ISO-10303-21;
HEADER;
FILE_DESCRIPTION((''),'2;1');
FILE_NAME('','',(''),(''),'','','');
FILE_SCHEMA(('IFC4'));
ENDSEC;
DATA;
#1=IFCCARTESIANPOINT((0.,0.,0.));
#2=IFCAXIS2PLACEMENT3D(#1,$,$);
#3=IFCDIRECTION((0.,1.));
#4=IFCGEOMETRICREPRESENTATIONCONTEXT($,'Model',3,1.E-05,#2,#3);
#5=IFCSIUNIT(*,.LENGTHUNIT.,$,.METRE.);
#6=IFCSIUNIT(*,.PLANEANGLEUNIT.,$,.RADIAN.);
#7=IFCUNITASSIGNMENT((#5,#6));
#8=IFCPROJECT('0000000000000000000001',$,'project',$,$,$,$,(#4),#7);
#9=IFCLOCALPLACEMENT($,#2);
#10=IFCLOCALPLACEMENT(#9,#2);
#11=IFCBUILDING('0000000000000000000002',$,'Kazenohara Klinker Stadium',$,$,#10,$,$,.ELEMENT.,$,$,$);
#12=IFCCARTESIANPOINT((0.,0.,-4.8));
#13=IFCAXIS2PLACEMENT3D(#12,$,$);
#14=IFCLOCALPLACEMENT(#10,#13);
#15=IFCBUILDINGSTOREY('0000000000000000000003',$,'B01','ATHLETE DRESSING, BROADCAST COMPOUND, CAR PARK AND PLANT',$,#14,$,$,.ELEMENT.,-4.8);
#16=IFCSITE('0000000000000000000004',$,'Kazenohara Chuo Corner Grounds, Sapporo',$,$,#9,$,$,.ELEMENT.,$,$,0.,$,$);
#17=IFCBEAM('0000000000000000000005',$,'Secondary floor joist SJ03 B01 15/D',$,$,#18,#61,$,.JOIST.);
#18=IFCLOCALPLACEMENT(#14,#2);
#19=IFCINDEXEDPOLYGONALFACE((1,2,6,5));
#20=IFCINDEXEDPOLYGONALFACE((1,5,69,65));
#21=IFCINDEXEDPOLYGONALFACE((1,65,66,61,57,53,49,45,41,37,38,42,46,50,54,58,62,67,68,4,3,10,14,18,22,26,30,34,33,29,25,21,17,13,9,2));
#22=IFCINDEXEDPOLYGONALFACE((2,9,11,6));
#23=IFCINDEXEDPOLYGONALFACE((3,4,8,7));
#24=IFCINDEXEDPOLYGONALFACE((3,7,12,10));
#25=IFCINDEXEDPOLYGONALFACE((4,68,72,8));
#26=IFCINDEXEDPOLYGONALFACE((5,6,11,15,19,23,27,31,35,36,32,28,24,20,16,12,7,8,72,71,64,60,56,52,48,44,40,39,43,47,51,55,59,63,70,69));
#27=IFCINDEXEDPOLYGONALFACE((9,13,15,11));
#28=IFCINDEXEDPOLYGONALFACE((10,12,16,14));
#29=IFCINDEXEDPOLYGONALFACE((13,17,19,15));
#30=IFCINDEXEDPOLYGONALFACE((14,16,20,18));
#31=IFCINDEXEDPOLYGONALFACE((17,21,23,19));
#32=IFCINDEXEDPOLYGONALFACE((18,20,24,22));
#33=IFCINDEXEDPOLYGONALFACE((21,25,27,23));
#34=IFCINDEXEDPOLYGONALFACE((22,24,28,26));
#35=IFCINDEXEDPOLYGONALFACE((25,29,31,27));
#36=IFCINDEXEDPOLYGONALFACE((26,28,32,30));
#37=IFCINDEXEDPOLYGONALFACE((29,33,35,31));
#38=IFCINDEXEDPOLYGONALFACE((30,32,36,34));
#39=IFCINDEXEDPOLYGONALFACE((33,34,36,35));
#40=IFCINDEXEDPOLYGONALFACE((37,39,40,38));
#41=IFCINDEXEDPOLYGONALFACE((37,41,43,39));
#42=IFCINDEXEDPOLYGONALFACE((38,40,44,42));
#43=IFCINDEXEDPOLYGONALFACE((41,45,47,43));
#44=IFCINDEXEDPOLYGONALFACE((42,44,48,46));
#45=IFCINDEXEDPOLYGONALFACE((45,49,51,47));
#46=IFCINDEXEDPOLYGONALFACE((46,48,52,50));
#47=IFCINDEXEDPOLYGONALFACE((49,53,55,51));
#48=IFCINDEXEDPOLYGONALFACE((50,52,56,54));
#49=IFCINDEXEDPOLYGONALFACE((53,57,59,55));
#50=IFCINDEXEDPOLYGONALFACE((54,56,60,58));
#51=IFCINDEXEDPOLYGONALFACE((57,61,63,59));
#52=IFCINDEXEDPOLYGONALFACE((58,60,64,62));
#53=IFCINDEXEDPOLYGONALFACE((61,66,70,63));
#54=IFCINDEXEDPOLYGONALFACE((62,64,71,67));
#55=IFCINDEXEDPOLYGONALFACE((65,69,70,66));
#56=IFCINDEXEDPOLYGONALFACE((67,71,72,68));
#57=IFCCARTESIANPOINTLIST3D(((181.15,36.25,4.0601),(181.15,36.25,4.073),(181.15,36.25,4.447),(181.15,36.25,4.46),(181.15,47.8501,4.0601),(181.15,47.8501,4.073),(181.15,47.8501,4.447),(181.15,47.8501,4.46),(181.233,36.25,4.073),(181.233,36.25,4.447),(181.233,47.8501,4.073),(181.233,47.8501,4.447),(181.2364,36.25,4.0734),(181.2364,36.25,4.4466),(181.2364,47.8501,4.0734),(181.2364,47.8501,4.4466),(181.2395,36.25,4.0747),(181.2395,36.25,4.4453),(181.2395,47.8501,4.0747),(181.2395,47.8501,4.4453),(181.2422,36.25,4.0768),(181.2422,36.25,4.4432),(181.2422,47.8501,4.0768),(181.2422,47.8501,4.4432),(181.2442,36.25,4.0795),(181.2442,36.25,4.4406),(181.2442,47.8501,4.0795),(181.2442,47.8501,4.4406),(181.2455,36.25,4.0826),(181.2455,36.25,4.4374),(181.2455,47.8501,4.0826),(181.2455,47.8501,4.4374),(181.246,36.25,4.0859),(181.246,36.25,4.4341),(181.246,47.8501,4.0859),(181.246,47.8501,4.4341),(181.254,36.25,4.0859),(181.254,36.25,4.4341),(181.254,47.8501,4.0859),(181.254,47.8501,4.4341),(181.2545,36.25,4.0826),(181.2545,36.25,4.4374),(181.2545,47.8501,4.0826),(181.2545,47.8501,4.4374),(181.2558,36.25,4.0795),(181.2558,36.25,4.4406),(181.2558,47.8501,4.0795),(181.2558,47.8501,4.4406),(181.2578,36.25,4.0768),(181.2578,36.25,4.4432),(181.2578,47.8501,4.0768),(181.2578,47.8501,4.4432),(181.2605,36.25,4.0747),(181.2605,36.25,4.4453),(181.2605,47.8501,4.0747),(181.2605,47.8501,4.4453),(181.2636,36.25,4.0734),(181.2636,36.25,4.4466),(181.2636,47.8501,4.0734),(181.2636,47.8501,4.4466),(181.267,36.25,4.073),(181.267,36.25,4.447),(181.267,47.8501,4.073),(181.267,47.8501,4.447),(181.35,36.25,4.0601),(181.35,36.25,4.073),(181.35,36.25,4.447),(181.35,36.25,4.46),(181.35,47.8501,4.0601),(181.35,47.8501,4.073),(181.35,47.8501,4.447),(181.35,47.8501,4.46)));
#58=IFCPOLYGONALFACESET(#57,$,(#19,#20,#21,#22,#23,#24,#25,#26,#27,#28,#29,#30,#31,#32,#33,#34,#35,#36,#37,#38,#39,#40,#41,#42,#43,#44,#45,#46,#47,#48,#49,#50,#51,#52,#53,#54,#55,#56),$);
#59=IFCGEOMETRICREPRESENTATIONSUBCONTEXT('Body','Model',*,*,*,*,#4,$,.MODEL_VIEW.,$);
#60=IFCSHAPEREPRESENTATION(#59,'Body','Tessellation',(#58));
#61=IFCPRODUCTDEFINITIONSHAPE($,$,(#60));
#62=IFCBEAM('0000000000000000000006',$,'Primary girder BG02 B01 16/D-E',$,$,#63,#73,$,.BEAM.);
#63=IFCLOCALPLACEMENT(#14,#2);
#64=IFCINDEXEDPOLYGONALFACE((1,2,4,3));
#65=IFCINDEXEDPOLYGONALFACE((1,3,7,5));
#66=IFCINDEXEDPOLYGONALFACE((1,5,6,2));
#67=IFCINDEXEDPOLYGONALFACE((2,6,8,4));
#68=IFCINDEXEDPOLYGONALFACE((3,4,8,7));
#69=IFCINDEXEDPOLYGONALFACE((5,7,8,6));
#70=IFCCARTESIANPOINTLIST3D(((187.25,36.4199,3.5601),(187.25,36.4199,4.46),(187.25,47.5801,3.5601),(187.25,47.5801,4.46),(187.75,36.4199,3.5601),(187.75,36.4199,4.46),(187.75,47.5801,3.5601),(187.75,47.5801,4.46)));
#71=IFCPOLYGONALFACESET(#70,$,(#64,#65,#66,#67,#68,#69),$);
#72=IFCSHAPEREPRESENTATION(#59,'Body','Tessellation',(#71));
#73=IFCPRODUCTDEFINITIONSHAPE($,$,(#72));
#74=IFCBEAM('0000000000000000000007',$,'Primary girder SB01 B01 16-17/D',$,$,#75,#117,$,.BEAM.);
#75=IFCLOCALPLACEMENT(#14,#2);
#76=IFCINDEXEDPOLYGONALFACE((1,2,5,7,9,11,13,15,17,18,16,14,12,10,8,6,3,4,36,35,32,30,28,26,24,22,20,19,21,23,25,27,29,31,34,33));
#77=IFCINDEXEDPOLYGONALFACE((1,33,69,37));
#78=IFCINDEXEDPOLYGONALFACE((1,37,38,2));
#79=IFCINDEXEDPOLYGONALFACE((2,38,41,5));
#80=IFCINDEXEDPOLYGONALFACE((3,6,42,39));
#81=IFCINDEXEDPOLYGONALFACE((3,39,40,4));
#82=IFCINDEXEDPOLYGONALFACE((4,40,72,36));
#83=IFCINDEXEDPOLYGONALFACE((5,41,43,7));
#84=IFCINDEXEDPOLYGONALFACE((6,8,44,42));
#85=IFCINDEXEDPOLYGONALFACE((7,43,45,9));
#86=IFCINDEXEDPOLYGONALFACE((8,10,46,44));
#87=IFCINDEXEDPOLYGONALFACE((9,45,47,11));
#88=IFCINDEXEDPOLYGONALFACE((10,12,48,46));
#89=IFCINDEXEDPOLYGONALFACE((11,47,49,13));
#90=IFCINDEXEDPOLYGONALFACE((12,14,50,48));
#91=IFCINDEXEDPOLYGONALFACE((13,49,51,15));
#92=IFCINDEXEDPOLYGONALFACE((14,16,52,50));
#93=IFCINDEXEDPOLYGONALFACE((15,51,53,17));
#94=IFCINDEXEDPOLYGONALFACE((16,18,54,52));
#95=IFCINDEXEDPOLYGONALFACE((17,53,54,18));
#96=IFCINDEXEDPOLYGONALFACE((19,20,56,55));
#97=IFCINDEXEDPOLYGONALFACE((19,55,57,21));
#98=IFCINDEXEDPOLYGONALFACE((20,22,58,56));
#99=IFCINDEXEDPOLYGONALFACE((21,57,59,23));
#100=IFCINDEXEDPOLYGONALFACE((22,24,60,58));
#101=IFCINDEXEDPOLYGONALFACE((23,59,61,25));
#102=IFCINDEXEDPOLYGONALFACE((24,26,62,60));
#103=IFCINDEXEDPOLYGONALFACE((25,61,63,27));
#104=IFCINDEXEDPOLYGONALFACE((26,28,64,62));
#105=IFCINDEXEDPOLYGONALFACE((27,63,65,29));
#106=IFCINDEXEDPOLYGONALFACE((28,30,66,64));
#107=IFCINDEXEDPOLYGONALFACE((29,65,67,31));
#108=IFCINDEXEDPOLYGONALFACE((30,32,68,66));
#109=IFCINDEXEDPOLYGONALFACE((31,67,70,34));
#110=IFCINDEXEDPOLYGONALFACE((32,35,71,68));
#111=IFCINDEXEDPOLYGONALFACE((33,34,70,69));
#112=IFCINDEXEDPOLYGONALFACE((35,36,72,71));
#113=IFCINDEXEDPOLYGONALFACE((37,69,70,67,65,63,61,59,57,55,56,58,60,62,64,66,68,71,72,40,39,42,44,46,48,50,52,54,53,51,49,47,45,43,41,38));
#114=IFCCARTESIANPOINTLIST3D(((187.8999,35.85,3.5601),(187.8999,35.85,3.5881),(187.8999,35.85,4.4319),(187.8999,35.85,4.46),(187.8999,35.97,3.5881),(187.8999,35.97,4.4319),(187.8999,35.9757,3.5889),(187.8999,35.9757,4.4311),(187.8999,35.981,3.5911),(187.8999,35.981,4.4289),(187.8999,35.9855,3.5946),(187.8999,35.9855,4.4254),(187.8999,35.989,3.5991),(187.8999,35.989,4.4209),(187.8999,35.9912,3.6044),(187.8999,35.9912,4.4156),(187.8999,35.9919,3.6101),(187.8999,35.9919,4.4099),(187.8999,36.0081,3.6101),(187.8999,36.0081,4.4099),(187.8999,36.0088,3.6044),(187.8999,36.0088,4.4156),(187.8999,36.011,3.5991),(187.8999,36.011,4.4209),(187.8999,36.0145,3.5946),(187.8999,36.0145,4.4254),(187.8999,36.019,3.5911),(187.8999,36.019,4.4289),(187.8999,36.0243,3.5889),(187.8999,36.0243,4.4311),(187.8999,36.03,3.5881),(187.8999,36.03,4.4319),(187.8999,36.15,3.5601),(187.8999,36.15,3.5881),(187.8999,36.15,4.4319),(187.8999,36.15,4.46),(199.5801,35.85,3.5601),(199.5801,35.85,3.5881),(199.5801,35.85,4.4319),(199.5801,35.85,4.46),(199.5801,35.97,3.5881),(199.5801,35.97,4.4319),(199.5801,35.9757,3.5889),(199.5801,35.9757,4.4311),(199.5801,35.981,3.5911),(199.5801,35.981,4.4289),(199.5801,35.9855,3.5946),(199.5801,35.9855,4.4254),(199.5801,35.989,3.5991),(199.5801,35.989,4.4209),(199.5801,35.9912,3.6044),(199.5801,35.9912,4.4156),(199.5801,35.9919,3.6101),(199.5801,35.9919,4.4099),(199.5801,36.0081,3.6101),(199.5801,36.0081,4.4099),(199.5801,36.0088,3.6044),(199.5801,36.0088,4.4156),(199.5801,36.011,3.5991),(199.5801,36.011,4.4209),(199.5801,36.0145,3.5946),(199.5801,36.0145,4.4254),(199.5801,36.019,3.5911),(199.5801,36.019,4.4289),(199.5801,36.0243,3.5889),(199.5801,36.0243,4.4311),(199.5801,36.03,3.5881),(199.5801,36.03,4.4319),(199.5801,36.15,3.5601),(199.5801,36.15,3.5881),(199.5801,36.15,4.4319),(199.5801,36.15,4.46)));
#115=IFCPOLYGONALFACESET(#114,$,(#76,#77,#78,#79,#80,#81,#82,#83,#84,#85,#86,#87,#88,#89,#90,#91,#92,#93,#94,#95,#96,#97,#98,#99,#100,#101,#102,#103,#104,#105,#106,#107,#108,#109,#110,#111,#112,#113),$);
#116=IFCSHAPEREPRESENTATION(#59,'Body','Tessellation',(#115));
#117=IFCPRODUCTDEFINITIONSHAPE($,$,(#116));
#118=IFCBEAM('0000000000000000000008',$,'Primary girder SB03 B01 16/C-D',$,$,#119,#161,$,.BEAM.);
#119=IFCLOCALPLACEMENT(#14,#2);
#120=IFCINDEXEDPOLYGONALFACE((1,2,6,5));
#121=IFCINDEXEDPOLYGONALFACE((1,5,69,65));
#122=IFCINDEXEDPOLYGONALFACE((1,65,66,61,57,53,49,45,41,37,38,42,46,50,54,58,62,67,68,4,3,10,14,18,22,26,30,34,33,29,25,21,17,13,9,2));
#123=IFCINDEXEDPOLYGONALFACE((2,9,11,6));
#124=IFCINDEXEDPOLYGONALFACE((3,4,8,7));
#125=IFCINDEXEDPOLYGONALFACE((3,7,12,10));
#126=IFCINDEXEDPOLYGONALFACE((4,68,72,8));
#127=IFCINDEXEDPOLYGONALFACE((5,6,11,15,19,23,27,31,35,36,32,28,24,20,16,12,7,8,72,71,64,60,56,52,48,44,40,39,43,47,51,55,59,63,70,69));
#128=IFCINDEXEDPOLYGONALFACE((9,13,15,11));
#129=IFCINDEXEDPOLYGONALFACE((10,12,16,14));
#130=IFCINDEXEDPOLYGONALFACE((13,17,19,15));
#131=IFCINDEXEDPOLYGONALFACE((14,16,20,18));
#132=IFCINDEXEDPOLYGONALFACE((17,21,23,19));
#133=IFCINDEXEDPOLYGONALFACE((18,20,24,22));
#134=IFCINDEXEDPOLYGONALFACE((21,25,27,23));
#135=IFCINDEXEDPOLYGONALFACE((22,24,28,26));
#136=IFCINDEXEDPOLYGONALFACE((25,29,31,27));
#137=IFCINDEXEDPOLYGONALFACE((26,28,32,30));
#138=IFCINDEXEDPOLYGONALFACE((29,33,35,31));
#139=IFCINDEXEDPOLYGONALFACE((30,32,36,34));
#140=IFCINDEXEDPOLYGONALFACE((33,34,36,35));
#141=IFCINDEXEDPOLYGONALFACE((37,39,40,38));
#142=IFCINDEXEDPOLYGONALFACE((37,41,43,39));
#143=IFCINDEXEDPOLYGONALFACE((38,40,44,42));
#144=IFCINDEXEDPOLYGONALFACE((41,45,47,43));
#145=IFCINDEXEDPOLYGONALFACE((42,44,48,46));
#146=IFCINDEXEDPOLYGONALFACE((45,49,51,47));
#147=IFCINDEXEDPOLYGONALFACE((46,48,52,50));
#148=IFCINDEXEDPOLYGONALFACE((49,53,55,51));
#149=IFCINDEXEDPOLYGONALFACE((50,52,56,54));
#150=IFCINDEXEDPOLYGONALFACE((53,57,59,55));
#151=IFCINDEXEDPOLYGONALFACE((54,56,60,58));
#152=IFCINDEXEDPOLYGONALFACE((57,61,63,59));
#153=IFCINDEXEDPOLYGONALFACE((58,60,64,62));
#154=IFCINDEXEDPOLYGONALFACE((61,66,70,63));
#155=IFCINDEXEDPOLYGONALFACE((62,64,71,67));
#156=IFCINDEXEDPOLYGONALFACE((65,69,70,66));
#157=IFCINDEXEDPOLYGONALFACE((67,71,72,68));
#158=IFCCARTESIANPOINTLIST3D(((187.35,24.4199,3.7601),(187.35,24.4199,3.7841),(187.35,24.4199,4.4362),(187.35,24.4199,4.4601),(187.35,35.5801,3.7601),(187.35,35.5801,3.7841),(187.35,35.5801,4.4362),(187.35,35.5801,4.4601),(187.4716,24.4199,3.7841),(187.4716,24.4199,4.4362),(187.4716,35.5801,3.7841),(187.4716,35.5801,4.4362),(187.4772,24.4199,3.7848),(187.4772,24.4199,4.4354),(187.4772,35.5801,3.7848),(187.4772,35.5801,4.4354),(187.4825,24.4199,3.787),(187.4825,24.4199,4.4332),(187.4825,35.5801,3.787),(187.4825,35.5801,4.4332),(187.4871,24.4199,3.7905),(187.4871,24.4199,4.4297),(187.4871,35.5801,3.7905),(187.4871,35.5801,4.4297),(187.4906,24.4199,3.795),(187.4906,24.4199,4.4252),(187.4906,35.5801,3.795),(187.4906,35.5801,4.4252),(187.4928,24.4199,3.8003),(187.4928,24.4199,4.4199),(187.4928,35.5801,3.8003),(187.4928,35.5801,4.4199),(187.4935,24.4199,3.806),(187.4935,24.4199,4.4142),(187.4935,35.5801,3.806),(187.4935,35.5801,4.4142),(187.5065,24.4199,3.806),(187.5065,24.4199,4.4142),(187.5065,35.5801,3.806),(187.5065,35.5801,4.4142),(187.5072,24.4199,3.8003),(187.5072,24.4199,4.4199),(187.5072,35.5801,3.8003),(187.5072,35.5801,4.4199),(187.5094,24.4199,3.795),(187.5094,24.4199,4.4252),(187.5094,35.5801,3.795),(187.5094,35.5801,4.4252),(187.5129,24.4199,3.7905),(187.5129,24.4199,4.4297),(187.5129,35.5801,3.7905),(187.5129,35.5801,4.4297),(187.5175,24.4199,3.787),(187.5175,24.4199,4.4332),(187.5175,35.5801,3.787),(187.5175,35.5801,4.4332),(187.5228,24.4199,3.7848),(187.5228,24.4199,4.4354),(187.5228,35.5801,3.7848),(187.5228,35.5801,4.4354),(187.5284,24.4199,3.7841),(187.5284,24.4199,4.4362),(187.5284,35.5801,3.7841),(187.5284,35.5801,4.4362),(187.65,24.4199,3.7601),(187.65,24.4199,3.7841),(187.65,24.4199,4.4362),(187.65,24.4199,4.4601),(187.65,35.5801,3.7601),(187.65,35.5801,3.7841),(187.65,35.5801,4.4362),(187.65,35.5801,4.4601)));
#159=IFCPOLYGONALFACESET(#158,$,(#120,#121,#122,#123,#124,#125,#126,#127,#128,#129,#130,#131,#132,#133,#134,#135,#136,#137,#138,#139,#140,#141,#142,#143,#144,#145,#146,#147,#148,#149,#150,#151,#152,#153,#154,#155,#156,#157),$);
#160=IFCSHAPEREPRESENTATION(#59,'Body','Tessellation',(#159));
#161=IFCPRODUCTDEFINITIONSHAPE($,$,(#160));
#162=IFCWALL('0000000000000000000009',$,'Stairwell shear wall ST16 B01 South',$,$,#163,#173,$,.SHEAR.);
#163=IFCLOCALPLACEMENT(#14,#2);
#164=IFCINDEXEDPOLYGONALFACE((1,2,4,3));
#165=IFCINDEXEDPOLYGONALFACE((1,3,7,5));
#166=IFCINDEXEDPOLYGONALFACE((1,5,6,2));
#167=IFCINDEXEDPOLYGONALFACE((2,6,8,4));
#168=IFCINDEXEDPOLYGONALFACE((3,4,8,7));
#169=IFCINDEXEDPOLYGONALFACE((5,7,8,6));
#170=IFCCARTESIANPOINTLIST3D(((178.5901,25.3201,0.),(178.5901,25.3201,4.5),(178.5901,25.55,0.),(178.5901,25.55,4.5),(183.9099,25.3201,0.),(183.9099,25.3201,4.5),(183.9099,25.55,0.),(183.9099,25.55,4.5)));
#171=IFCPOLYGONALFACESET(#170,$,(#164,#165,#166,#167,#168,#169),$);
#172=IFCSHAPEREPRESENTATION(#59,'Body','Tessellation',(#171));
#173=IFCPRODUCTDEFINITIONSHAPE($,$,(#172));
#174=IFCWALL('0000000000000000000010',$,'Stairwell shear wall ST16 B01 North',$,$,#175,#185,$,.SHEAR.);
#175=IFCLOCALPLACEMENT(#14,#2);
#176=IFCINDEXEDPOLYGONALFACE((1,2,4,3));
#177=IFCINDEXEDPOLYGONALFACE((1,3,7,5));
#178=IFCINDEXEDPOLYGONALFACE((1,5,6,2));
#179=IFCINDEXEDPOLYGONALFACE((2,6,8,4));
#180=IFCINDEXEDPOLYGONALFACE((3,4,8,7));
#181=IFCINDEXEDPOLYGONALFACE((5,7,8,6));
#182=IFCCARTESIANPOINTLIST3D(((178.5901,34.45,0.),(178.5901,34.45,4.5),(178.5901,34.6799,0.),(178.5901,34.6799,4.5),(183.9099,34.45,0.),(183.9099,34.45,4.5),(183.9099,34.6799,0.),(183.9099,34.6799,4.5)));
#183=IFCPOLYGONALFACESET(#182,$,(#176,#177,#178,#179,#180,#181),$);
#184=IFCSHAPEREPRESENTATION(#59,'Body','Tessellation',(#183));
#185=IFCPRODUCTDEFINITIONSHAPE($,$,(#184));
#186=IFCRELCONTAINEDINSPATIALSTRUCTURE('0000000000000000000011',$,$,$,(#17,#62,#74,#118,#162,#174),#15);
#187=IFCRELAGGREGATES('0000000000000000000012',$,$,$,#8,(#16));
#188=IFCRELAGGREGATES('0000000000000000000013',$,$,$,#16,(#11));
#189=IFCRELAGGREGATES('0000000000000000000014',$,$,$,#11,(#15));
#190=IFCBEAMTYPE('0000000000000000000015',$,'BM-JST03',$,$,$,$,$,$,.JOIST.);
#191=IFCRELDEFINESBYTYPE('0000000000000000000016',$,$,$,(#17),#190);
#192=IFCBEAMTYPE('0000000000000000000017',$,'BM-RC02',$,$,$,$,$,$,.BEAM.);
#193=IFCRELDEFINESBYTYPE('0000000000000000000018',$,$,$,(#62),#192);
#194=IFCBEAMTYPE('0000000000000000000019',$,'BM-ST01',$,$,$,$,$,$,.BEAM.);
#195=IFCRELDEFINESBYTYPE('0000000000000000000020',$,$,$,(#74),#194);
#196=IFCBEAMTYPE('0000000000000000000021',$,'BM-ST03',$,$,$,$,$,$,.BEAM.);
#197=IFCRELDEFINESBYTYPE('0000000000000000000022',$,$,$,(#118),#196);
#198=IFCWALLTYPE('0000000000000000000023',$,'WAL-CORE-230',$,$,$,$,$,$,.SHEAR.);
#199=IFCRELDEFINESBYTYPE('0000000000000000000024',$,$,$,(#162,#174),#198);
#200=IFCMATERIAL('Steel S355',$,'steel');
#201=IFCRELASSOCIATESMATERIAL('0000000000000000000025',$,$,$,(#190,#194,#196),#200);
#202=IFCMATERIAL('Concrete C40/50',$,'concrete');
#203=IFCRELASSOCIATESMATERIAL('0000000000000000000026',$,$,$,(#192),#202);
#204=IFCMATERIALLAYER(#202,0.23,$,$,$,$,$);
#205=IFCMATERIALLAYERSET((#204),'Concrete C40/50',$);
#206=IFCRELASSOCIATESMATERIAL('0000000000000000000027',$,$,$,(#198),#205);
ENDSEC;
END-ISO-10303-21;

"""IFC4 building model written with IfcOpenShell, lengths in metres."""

from ifc_helpers import new_model, si_unit, direction, frame, frame_2d, origin, origin_2d, place, context, subcontext, project, spatial, rectangle, i_section, extrude, material, layer, layer_set, material_profile, profile_set, type_object, element, save


model = new_model("IFC4")

# Units and contexts
model_context = context("Model", 3, precision=1e-05, world=origin(), true_north=direction((0.0, 1.0)))
body_context = subcontext(model_context, "Body", "Model", "MODEL_VIEW")
ifc_project = project(units=[si_unit("LENGTHUNIT", "METRE"), si_unit("PLANEANGLEUNIT", "RADIAN")], contexts=[model_context])

# Site, building, storey
site_placement = place(None, origin())
site = spatial("IfcSite", under=ifc_project, at=site_placement, Name="Kazenohara Chuo Corner Grounds, Sapporo", CompositionType="ELEMENT", RefElevation=0.0)
building_placement = place(site_placement, origin())
building = spatial("IfcBuilding", under=site, at=building_placement, Name="Kazenohara Klinker Stadium", CompositionType="ELEMENT")
storey_placement = place(building_placement, frame((0.0, 0.0, -4.8)))
storey = spatial("IfcBuildingStorey", under=building, at=storey_placement, Name="B01", Description="ATHLETE DRESSING, BROADCAST COMPOUND, CAR PARK AND PLANT", CompositionType="ELEMENT", Elevation=-4.8)

# Shared definitions
ifc_material_1 = material(Name="Concrete C40/50", Category="concrete")

# Beams
ifc_material_2 = material(Name="Steel S355", Category="steel")
ifc_material_profile_1 = material_profile(ifc_material_2, i_section(OverallWidth=0.2, OverallDepth=0.3999, WebThickness=0.0081, FlangeThickness=0.0129, FilletRadius=0.0129, at=origin_2d()), Name="H-400x200x8x13")
ifc_profile_set_1 = profile_set([ifc_material_profile_1], Name="Steel S355")
beam_type_1 = type_object("IfcBeamType", Name="BM-JST03", PredefinedType="JOIST", material=ifc_profile_set_1)
beam_1_placement = place(storey_placement, frame((181.25, 36.25, 4.26), z_axis=(0.0, 1.0, 0.0), x_axis=(-1.0, 0.0, 0.0)))
element("IfcBeam", 1, at=beam_1_placement, inside=storey, type_object=beam_type_1, Name="Secondary floor joist SJ03 B01 15/D", PredefinedType="JOIST", context=body_context, shape_type="SweptSolid", body=[
    extrude(i_section(OverallWidth=0.2, OverallDepth=0.3999, WebThickness=0.0081, FlangeThickness=0.0129, FilletRadius=0.0129, at=origin_2d()), origin(), (0.0, 0.0, 1.0), 11.6001),
])
ifc_material_profile_2 = material_profile(ifc_material_1, rectangle(XDim=0.5, YDim=0.8999, at=origin_2d()), Name="RC-BM-500x900")
ifc_profile_set_2 = profile_set([ifc_material_profile_2], Name="Concrete C40/50")
beam_type_2 = type_object("IfcBeamType", Name="BM-RC02", PredefinedType="BEAM", material=ifc_profile_set_2)
beam_2_placement = place(storey_placement, frame((187.5, 36.4199, 4.01), z_axis=(0.0, 1.0, 0.0), x_axis=(-1.0, 0.0, 0.0)))
element("IfcBeam", 2, at=beam_2_placement, inside=storey, type_object=beam_type_2, Name="Primary girder BG02 B01 16/D-E", PredefinedType="BEAM", context=body_context, shape_type="SweptSolid", body=[
    extrude(rectangle(XDim=0.5, YDim=0.8999, at=origin_2d()), origin(), (0.0, 0.0, 1.0), 11.1602),
])
ifc_material_profile_3 = material_profile(ifc_material_2, i_section(OverallWidth=0.3, OverallDepth=0.8999, WebThickness=0.0161, FlangeThickness=0.0281, FilletRadius=0.022, at=origin_2d()), Name="H-900x300x16x28")
ifc_profile_set_3 = profile_set([ifc_material_profile_3], Name="Steel S355")
beam_type_3 = type_object("IfcBeamType", Name="BM-ST01", PredefinedType="BEAM", material=ifc_profile_set_3)
beam_3_placement = place(storey_placement, frame((187.8999, 36.0, 4.01), z_axis=(1.0, 0.0, 0.0), x_axis=(0.0, 1.0, 0.0)))
element("IfcBeam", 3, at=beam_3_placement, inside=storey, type_object=beam_type_3, Name="Primary girder SB01 B01 16-17/D", PredefinedType="BEAM", context=body_context, shape_type="SweptSolid", body=[
    extrude(i_section(OverallWidth=0.3, OverallDepth=0.8999, WebThickness=0.0161, FlangeThickness=0.0281, FilletRadius=0.022, at=origin_2d()), origin(), (0.0, 0.0, 1.0), 11.6802),
])
ifc_material_profile_4 = material_profile(ifc_material_2, i_section(OverallWidth=0.3, OverallDepth=0.7, WebThickness=0.0129, FlangeThickness=0.0239, FilletRadius=0.022, at=origin_2d()), Name="H-700x300x13x24")
ifc_profile_set_4 = profile_set([ifc_material_profile_4], Name="Steel S355")
beam_type_4 = type_object("IfcBeamType", Name="BM-ST03", PredefinedType="BEAM", material=ifc_profile_set_4)
beam_4_placement = place(storey_placement, frame((187.5, 24.4199, 4.1101), z_axis=(0.0, 1.0, 0.0), x_axis=(-1.0, 0.0, 0.0)))
element("IfcBeam", 4, at=beam_4_placement, inside=storey, type_object=beam_type_4, Name="Primary girder SB03 B01 16/C-D", PredefinedType="BEAM", context=body_context, shape_type="SweptSolid", body=[
    extrude(i_section(OverallWidth=0.3, OverallDepth=0.7, WebThickness=0.0129, FlangeThickness=0.0239, FilletRadius=0.022, at=origin_2d()), origin(), (0.0, 0.0, 1.0), 11.1602),
])

# Walls
ifc_layer_1 = layer(ifc_material_1, 0.23)
ifc_layer_set_1 = layer_set([ifc_layer_1], Name="Concrete C40/50")
wall_type_1 = type_object("IfcWallType", Name="WAL-CORE-230", PredefinedType="SHEAR", material=ifc_layer_set_1)
for number, where, z_axis, x_axis, name in (
    (5, (178.5901, 25.4351, 0.0), (0.0, 0.0, 1.0), (1.0, 0.0, 0.0), "Stairwell shear wall ST16 B01 South"),
    (6, (178.5901, 34.5649, 0.0), (0.0, 0.0, 1.0), (1.0, 0.0, 0.0), "Stairwell shear wall ST16 B01 North"),
):
    element("IfcWall", number, at=place(storey_placement, frame(where, z_axis=z_axis, x_axis=x_axis)), inside=storey, type_object=wall_type_1, Name=name, PredefinedType="SHEAR", context=body_context, shape_type="SweptSolid", body=[
        extrude(rectangle(XDim=5.3198, YDim=0.23, at=frame_2d((2.6599, 0.0))), origin(), (0.0, 0.0, 1.0), 4.5),
    ])

save(model, "model.ifc")
